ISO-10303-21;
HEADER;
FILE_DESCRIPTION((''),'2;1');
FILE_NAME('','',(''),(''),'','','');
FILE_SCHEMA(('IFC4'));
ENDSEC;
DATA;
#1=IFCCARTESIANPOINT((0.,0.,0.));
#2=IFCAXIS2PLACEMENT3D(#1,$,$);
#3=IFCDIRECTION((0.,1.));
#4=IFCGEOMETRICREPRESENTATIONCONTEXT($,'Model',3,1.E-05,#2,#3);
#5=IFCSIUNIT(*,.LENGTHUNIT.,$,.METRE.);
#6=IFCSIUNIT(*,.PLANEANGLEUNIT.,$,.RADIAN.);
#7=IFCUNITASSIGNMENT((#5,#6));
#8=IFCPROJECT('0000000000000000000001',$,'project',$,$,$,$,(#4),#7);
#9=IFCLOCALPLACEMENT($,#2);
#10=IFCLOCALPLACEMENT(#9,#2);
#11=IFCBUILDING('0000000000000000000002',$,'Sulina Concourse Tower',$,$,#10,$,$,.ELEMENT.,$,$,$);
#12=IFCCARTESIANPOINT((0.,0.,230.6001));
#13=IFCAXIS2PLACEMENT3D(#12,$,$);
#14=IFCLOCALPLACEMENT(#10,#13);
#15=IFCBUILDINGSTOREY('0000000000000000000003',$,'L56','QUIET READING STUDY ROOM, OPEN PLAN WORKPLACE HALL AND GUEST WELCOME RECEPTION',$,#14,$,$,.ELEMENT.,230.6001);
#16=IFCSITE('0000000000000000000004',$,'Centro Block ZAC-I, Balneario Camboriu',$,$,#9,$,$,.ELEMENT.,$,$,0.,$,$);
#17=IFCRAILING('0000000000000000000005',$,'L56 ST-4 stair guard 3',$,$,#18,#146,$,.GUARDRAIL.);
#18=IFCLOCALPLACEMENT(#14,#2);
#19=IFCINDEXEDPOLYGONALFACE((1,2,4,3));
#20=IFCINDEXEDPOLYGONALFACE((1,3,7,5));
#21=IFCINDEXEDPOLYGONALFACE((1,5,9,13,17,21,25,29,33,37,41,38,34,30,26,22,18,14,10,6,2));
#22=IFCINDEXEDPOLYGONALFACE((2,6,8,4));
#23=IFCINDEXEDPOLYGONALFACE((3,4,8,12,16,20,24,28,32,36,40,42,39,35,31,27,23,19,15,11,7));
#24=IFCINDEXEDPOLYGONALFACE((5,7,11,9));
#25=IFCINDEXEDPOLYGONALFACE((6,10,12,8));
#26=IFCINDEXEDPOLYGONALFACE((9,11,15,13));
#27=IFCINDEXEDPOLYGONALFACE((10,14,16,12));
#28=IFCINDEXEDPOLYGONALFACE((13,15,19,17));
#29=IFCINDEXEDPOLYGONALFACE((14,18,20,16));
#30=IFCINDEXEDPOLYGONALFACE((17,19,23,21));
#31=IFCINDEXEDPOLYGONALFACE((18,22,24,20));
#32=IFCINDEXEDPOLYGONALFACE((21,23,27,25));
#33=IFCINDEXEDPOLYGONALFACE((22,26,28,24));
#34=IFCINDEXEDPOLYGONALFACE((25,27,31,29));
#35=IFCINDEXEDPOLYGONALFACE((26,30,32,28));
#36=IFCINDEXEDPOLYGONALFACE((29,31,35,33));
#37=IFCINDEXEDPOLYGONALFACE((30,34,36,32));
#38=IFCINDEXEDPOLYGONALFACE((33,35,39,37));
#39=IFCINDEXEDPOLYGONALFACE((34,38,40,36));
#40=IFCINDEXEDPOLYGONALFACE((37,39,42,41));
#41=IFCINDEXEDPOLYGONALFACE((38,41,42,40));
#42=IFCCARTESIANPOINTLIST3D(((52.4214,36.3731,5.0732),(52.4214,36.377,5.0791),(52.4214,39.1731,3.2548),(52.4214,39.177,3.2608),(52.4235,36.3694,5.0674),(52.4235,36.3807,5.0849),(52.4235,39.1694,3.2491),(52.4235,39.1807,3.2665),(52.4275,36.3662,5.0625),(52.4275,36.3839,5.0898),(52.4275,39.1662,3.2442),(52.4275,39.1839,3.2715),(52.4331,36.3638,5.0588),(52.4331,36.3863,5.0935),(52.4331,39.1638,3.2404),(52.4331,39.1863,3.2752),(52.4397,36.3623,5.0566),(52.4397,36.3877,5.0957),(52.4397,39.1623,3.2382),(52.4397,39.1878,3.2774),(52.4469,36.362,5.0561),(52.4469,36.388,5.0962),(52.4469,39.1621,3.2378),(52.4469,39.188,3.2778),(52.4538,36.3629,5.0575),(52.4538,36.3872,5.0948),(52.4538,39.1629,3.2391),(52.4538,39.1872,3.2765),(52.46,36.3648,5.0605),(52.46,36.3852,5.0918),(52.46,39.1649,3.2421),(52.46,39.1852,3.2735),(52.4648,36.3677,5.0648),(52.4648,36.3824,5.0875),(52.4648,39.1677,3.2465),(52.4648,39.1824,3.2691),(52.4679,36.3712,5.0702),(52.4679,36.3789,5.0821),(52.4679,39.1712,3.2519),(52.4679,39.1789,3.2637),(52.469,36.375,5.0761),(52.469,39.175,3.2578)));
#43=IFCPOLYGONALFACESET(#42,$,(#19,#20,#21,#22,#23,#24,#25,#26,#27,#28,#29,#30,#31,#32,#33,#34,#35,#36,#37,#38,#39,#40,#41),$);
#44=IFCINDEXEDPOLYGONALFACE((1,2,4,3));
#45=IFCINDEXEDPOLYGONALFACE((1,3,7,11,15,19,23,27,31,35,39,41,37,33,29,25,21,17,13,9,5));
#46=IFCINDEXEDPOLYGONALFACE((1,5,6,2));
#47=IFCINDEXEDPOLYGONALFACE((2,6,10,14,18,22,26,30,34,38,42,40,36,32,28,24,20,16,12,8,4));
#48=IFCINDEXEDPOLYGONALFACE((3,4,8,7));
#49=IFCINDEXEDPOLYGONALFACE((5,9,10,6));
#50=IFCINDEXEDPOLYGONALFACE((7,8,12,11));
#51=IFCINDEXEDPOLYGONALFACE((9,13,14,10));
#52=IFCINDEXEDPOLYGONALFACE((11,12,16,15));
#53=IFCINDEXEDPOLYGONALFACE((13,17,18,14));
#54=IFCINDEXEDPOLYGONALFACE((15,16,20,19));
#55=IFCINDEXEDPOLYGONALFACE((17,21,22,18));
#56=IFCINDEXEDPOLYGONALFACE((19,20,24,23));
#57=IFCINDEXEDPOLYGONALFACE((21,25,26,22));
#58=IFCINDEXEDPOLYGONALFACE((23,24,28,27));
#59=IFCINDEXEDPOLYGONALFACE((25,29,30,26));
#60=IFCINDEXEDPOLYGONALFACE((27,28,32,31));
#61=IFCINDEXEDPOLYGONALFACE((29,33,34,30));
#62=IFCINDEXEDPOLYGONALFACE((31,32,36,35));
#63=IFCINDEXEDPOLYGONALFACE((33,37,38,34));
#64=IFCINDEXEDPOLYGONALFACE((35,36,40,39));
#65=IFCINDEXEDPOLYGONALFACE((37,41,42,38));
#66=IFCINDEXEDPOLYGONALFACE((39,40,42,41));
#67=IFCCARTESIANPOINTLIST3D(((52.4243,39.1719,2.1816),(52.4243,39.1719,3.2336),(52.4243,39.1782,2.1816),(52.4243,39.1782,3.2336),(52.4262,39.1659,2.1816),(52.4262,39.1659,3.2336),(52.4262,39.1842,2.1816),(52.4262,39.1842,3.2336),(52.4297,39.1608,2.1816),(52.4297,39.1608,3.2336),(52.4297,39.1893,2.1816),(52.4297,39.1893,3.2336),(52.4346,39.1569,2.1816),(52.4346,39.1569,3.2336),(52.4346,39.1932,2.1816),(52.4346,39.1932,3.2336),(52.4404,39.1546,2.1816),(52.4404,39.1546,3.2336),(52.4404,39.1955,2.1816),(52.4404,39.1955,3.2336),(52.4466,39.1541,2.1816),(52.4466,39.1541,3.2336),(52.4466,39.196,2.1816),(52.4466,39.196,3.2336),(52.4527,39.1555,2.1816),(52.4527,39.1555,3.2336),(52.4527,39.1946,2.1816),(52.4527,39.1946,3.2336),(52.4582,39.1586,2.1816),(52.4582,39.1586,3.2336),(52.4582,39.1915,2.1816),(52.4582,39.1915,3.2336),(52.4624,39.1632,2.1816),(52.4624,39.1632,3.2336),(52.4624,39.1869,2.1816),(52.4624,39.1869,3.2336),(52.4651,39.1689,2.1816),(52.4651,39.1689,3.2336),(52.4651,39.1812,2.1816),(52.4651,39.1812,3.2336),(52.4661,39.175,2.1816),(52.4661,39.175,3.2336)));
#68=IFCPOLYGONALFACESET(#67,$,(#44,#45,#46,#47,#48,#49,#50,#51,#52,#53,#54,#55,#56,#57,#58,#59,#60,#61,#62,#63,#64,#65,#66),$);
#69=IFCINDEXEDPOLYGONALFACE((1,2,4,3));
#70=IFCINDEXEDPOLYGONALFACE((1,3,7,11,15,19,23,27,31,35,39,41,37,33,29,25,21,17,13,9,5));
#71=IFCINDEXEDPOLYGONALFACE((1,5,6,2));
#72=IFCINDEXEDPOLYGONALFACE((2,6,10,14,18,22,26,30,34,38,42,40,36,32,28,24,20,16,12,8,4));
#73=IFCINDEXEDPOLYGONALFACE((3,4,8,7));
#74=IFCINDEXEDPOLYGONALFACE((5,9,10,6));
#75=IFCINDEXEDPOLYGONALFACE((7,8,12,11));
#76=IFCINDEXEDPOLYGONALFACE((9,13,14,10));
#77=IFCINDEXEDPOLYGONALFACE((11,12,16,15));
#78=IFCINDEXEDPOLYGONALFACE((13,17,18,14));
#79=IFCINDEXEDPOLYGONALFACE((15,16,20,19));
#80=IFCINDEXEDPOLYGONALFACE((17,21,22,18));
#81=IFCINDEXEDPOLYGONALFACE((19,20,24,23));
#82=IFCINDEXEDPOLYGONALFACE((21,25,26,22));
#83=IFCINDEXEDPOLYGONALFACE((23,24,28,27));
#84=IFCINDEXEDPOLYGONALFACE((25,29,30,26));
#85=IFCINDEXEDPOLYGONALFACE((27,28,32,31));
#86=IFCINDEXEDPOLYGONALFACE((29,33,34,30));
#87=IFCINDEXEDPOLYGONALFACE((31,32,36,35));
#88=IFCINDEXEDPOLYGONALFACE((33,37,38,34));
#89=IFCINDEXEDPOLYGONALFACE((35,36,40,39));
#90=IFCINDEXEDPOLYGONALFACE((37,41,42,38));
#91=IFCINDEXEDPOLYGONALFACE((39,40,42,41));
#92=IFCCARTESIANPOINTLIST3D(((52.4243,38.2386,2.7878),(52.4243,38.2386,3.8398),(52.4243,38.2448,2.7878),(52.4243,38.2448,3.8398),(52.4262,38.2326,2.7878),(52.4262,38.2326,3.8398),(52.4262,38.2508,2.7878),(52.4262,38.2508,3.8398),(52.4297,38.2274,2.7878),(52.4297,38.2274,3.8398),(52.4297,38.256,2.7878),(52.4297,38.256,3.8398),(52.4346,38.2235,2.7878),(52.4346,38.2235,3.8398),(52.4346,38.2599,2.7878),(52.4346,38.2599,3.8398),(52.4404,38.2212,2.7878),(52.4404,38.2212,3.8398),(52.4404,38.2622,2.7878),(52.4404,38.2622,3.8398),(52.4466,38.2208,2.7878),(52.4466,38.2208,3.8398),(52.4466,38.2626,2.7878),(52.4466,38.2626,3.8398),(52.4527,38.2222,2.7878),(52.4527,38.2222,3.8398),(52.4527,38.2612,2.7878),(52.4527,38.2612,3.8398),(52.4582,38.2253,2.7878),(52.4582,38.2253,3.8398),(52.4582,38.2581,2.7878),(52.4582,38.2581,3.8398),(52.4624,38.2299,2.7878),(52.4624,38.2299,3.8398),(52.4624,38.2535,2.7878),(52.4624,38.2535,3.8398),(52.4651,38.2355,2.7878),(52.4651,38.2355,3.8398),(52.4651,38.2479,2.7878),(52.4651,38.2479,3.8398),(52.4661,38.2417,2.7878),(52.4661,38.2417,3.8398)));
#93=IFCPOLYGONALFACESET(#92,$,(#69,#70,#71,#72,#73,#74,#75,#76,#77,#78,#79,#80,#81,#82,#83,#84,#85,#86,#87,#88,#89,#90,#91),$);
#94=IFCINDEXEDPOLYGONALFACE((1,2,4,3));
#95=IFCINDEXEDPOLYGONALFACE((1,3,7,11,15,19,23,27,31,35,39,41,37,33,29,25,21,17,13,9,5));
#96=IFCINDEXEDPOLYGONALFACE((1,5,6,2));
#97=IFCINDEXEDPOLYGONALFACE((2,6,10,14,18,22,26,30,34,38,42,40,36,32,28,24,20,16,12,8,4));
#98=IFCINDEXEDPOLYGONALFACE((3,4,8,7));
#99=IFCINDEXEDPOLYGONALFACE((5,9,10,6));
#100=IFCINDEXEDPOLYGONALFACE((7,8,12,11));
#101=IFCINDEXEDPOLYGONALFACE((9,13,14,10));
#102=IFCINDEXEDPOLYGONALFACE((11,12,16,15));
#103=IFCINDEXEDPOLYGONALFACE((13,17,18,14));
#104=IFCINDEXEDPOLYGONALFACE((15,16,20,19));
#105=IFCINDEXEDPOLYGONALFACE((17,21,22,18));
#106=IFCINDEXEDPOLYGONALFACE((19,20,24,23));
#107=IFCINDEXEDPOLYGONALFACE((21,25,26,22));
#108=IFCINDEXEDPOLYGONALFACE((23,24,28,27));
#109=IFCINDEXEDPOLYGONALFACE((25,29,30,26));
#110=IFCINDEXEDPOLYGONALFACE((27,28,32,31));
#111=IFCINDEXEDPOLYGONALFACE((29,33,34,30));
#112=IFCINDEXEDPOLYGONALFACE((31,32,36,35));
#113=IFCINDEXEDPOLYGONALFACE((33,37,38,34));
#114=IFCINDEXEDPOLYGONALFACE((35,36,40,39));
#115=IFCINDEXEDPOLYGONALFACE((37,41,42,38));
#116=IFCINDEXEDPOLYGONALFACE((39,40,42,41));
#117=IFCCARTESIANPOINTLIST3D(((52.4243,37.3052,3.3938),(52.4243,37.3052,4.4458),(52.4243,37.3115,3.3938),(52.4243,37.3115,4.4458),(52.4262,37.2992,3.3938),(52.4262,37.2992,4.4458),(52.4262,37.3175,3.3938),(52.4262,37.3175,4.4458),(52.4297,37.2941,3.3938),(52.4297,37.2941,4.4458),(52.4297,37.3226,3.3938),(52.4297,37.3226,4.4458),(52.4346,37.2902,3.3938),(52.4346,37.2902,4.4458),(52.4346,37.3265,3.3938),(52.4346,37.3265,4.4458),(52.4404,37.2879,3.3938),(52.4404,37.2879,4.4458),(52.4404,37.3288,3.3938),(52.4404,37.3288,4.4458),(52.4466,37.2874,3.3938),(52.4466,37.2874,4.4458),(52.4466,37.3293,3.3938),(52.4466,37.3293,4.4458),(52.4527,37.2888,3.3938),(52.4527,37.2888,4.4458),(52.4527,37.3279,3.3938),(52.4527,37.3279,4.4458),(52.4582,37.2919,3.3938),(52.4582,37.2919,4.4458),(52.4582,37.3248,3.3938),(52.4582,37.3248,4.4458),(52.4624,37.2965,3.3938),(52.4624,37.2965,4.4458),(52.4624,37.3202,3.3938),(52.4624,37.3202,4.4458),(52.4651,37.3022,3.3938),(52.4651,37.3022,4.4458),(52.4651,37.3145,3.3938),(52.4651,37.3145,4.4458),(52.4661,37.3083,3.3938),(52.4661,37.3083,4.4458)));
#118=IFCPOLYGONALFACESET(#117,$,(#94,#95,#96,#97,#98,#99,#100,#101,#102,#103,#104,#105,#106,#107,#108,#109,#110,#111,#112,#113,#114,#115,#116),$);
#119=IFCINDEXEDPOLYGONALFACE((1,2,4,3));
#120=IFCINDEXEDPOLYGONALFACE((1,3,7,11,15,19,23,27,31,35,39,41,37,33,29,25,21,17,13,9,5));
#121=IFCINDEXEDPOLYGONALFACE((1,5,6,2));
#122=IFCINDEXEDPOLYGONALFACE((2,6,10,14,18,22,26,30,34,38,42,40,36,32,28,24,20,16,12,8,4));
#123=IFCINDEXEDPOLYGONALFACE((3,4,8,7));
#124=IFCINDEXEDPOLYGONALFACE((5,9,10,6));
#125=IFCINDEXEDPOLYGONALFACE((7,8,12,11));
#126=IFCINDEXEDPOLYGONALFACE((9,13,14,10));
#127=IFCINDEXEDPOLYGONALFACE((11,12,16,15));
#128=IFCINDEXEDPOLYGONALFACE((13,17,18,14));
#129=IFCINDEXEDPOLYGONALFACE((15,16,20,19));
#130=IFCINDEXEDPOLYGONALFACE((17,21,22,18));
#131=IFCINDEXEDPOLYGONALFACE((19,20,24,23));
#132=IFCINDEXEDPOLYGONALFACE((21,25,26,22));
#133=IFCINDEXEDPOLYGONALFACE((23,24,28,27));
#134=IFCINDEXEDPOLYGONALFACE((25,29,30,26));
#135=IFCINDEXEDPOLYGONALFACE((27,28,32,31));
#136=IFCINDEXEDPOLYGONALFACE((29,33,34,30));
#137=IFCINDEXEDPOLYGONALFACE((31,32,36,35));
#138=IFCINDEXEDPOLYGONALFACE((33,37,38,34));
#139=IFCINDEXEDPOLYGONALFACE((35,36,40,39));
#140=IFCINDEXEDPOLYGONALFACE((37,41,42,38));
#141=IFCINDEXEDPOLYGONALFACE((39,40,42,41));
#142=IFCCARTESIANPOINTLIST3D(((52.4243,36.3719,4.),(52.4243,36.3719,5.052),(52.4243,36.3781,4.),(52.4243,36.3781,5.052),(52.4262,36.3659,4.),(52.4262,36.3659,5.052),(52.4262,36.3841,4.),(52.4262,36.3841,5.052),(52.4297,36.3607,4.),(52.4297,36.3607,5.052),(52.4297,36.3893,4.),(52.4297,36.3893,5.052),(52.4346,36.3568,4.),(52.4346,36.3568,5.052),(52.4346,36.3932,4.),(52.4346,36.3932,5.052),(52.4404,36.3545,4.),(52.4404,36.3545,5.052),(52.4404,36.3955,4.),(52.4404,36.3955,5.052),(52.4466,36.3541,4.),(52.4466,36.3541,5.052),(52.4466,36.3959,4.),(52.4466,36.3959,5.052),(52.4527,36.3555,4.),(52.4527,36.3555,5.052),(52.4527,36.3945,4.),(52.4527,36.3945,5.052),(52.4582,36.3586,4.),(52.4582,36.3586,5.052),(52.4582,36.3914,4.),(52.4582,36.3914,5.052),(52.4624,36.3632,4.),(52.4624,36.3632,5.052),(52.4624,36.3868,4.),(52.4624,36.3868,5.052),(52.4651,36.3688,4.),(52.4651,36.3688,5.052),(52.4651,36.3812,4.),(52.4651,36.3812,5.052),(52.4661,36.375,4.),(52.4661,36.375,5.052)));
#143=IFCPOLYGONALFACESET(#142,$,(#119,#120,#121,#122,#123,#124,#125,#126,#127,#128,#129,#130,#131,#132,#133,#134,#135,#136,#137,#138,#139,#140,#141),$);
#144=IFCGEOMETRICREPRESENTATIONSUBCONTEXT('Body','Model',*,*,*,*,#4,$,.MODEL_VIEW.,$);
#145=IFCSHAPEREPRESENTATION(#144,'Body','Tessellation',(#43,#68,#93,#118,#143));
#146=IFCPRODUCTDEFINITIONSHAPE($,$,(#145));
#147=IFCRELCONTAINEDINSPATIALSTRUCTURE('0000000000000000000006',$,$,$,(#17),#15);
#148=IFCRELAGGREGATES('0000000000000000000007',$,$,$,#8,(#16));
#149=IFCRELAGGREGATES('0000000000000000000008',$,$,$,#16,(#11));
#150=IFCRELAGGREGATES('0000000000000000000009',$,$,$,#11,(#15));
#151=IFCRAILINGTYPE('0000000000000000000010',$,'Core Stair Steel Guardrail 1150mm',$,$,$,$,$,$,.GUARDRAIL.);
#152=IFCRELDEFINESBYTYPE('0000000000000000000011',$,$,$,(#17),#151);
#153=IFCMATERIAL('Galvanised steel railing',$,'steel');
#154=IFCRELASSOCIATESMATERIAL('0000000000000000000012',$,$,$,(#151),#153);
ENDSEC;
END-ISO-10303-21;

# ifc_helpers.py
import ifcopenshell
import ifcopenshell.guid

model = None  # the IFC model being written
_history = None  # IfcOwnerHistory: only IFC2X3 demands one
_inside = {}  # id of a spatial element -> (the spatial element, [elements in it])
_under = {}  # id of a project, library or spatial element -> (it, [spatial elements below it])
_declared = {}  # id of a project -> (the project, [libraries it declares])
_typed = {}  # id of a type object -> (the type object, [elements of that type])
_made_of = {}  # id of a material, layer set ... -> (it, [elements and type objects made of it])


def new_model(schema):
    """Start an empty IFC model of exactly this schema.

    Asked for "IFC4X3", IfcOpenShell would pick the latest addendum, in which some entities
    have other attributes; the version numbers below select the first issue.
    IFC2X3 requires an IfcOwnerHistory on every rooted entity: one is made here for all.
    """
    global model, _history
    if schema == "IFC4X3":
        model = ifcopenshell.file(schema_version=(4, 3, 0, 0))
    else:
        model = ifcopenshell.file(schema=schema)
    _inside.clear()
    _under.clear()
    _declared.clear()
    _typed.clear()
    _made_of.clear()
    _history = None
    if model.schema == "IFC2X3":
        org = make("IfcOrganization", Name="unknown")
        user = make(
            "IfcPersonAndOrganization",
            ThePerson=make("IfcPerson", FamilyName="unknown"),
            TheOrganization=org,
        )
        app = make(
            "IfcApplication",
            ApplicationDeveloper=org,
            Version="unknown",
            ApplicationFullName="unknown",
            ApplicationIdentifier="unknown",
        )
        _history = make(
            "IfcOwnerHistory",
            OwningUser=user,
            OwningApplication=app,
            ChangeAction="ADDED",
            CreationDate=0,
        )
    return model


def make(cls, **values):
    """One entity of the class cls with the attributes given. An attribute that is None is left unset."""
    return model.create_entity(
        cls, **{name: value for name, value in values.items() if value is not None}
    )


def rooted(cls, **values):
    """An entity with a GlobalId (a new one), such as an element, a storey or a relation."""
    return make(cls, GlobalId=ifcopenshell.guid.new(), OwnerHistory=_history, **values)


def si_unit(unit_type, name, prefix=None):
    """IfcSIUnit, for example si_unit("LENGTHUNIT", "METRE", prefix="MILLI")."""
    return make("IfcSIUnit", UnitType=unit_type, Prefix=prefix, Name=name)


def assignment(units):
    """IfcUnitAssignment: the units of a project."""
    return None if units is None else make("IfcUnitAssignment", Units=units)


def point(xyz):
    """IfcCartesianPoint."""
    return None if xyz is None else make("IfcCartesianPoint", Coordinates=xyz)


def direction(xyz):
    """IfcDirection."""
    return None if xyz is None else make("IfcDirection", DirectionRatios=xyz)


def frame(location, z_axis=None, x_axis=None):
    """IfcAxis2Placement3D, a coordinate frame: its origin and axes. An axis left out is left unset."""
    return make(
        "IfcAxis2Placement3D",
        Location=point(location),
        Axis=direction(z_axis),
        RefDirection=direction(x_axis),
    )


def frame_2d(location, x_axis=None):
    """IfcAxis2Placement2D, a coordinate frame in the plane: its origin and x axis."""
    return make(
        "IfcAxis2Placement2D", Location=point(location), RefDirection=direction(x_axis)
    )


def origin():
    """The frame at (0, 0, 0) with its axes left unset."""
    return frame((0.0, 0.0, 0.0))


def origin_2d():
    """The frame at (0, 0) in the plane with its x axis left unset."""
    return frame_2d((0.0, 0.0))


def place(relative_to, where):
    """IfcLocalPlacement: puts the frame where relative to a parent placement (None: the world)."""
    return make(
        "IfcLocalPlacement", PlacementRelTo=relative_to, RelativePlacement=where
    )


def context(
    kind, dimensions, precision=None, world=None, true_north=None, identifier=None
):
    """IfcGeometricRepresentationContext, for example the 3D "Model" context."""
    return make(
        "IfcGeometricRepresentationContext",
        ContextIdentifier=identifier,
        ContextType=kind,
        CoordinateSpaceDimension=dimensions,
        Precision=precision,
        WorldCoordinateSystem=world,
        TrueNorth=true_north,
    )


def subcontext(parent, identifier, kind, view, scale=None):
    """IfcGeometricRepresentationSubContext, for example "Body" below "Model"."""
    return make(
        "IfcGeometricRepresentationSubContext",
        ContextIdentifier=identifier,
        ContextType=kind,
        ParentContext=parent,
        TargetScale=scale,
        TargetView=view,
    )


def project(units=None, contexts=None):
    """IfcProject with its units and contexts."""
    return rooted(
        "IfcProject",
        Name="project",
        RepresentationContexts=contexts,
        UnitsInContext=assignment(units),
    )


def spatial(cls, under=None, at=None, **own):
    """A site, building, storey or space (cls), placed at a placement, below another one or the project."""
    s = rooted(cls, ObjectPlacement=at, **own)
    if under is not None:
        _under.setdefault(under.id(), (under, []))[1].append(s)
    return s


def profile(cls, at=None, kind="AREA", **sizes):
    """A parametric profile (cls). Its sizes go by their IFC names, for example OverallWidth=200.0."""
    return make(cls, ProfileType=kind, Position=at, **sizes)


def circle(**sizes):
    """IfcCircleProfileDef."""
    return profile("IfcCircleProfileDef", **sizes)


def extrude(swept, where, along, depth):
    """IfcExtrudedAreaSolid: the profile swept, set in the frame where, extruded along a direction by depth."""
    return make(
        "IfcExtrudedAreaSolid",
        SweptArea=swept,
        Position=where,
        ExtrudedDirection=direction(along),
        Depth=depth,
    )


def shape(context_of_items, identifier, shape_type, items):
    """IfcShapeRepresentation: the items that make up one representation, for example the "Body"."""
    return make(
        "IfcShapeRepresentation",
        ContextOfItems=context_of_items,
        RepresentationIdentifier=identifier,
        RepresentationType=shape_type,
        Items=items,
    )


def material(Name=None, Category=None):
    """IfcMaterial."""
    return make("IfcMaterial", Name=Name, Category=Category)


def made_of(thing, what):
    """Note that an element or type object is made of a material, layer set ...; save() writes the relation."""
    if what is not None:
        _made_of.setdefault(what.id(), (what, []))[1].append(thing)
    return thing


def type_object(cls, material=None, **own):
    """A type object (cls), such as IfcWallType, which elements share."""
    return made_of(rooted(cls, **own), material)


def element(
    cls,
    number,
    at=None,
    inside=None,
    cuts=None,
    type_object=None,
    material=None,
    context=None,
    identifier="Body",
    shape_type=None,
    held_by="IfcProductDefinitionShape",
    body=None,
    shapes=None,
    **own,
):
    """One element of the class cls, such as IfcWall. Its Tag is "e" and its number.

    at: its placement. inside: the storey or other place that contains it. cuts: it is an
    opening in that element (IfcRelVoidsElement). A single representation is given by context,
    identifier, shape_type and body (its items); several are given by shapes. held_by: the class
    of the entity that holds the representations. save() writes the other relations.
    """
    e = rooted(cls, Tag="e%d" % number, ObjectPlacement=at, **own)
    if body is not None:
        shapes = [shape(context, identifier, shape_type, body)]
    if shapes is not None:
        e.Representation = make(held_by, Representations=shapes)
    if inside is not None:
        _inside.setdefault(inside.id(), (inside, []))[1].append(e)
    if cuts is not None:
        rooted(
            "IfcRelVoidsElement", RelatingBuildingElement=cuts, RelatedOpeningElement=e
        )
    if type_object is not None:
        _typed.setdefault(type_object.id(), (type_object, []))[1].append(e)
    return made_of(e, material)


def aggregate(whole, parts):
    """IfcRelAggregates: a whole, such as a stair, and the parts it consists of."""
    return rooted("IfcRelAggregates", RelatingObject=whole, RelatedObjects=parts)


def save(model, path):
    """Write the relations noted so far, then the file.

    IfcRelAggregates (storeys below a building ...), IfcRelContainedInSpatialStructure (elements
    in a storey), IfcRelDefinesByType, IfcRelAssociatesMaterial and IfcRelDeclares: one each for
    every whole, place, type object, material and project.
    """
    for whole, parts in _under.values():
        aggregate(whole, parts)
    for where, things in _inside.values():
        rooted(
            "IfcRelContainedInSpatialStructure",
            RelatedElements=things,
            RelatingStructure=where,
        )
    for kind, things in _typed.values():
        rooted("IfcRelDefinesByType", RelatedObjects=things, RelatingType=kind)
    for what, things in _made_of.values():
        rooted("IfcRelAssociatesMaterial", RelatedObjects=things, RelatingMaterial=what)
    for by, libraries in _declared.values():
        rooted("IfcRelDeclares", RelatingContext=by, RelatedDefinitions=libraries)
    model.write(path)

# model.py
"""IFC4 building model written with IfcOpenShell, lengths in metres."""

from ifc_helpers import new_model, si_unit, direction, frame, origin, origin_2d, place, context, subcontext, project, spatial, circle, extrude, material, type_object, element, save


model = new_model("IFC4")

# Units and contexts
model_context = context("Model", 3, precision=1e-05, world=origin(), true_north=direction((0.0, 1.0)))
body_context = subcontext(model_context, "Body", "Model", "MODEL_VIEW")
ifc_project = project(units=[si_unit("LENGTHUNIT", "METRE"), si_unit("PLANEANGLEUNIT", "RADIAN")], contexts=[model_context])

# Site, building, storey
site_placement = place(None, origin())
site = spatial("IfcSite", under=ifc_project, at=site_placement, Name="Centro Block ZAC-I, Balneario Camboriu", CompositionType="ELEMENT", RefElevation=0.0)
building_placement = place(site_placement, origin())
building = spatial("IfcBuilding", under=site, at=building_placement, Name="Sulina Concourse Tower", CompositionType="ELEMENT")
storey_placement = place(building_placement, frame((0.0, 0.0, 230.6001)))
storey = spatial("IfcBuildingStorey", under=building, at=storey_placement, Name="L56", Description="QUIET READING STUDY ROOM, OPEN PLAN WORKPLACE HALL AND GUEST WELCOME RECEPTION", CompositionType="ELEMENT", Elevation=230.6001)

# Railing
ifc_material_1 = material(Name="Galvanised steel railing", Category="steel")
railing_type_1 = type_object("IfcRailingType", Name="Core Stair Steel Guardrail 1150mm", PredefinedType="GUARDRAIL", material=ifc_material_1)
railing_1_placement = place(storey_placement, frame((52.4451, 39.175, 2.1816)))
element("IfcRailing", 1, at=railing_1_placement, inside=storey, type_object=railing_type_1, Name="L56 ST-4 stair guard 3", PredefinedType="GUARDRAIL", context=body_context, shape_type="SweptSolid", body=[
    extrude(circle(Radius=0.0239, at=origin_2d()), frame((0.0, 0.0, 1.0762), z_axis=(0.0, -0.838672, 0.544636), x_axis=(1.0, 0.0, 0.0)), (0.0, 0.0, 1.0), 3.3386),
    extrude(circle(Radius=0.021, at=origin_2d()), origin(), (0.0, 0.0, 1.0), 1.052),
    extrude(circle(Radius=0.021, at=origin_2d()), frame((0.0, -0.9333, 0.6062)), (0.0, 0.0, 1.0), 1.052),
    extrude(circle(Radius=0.021, at=origin_2d()), frame((0.0, -1.8667, 1.2122)), (0.0, 0.0, 1.0), 1.052),
    extrude(circle(Radius=0.021, at=origin_2d()), frame((0.0, -2.8, 1.8184)), (0.0, 0.0, 1.0), 1.052),
])

save(model, "model.ifc")
